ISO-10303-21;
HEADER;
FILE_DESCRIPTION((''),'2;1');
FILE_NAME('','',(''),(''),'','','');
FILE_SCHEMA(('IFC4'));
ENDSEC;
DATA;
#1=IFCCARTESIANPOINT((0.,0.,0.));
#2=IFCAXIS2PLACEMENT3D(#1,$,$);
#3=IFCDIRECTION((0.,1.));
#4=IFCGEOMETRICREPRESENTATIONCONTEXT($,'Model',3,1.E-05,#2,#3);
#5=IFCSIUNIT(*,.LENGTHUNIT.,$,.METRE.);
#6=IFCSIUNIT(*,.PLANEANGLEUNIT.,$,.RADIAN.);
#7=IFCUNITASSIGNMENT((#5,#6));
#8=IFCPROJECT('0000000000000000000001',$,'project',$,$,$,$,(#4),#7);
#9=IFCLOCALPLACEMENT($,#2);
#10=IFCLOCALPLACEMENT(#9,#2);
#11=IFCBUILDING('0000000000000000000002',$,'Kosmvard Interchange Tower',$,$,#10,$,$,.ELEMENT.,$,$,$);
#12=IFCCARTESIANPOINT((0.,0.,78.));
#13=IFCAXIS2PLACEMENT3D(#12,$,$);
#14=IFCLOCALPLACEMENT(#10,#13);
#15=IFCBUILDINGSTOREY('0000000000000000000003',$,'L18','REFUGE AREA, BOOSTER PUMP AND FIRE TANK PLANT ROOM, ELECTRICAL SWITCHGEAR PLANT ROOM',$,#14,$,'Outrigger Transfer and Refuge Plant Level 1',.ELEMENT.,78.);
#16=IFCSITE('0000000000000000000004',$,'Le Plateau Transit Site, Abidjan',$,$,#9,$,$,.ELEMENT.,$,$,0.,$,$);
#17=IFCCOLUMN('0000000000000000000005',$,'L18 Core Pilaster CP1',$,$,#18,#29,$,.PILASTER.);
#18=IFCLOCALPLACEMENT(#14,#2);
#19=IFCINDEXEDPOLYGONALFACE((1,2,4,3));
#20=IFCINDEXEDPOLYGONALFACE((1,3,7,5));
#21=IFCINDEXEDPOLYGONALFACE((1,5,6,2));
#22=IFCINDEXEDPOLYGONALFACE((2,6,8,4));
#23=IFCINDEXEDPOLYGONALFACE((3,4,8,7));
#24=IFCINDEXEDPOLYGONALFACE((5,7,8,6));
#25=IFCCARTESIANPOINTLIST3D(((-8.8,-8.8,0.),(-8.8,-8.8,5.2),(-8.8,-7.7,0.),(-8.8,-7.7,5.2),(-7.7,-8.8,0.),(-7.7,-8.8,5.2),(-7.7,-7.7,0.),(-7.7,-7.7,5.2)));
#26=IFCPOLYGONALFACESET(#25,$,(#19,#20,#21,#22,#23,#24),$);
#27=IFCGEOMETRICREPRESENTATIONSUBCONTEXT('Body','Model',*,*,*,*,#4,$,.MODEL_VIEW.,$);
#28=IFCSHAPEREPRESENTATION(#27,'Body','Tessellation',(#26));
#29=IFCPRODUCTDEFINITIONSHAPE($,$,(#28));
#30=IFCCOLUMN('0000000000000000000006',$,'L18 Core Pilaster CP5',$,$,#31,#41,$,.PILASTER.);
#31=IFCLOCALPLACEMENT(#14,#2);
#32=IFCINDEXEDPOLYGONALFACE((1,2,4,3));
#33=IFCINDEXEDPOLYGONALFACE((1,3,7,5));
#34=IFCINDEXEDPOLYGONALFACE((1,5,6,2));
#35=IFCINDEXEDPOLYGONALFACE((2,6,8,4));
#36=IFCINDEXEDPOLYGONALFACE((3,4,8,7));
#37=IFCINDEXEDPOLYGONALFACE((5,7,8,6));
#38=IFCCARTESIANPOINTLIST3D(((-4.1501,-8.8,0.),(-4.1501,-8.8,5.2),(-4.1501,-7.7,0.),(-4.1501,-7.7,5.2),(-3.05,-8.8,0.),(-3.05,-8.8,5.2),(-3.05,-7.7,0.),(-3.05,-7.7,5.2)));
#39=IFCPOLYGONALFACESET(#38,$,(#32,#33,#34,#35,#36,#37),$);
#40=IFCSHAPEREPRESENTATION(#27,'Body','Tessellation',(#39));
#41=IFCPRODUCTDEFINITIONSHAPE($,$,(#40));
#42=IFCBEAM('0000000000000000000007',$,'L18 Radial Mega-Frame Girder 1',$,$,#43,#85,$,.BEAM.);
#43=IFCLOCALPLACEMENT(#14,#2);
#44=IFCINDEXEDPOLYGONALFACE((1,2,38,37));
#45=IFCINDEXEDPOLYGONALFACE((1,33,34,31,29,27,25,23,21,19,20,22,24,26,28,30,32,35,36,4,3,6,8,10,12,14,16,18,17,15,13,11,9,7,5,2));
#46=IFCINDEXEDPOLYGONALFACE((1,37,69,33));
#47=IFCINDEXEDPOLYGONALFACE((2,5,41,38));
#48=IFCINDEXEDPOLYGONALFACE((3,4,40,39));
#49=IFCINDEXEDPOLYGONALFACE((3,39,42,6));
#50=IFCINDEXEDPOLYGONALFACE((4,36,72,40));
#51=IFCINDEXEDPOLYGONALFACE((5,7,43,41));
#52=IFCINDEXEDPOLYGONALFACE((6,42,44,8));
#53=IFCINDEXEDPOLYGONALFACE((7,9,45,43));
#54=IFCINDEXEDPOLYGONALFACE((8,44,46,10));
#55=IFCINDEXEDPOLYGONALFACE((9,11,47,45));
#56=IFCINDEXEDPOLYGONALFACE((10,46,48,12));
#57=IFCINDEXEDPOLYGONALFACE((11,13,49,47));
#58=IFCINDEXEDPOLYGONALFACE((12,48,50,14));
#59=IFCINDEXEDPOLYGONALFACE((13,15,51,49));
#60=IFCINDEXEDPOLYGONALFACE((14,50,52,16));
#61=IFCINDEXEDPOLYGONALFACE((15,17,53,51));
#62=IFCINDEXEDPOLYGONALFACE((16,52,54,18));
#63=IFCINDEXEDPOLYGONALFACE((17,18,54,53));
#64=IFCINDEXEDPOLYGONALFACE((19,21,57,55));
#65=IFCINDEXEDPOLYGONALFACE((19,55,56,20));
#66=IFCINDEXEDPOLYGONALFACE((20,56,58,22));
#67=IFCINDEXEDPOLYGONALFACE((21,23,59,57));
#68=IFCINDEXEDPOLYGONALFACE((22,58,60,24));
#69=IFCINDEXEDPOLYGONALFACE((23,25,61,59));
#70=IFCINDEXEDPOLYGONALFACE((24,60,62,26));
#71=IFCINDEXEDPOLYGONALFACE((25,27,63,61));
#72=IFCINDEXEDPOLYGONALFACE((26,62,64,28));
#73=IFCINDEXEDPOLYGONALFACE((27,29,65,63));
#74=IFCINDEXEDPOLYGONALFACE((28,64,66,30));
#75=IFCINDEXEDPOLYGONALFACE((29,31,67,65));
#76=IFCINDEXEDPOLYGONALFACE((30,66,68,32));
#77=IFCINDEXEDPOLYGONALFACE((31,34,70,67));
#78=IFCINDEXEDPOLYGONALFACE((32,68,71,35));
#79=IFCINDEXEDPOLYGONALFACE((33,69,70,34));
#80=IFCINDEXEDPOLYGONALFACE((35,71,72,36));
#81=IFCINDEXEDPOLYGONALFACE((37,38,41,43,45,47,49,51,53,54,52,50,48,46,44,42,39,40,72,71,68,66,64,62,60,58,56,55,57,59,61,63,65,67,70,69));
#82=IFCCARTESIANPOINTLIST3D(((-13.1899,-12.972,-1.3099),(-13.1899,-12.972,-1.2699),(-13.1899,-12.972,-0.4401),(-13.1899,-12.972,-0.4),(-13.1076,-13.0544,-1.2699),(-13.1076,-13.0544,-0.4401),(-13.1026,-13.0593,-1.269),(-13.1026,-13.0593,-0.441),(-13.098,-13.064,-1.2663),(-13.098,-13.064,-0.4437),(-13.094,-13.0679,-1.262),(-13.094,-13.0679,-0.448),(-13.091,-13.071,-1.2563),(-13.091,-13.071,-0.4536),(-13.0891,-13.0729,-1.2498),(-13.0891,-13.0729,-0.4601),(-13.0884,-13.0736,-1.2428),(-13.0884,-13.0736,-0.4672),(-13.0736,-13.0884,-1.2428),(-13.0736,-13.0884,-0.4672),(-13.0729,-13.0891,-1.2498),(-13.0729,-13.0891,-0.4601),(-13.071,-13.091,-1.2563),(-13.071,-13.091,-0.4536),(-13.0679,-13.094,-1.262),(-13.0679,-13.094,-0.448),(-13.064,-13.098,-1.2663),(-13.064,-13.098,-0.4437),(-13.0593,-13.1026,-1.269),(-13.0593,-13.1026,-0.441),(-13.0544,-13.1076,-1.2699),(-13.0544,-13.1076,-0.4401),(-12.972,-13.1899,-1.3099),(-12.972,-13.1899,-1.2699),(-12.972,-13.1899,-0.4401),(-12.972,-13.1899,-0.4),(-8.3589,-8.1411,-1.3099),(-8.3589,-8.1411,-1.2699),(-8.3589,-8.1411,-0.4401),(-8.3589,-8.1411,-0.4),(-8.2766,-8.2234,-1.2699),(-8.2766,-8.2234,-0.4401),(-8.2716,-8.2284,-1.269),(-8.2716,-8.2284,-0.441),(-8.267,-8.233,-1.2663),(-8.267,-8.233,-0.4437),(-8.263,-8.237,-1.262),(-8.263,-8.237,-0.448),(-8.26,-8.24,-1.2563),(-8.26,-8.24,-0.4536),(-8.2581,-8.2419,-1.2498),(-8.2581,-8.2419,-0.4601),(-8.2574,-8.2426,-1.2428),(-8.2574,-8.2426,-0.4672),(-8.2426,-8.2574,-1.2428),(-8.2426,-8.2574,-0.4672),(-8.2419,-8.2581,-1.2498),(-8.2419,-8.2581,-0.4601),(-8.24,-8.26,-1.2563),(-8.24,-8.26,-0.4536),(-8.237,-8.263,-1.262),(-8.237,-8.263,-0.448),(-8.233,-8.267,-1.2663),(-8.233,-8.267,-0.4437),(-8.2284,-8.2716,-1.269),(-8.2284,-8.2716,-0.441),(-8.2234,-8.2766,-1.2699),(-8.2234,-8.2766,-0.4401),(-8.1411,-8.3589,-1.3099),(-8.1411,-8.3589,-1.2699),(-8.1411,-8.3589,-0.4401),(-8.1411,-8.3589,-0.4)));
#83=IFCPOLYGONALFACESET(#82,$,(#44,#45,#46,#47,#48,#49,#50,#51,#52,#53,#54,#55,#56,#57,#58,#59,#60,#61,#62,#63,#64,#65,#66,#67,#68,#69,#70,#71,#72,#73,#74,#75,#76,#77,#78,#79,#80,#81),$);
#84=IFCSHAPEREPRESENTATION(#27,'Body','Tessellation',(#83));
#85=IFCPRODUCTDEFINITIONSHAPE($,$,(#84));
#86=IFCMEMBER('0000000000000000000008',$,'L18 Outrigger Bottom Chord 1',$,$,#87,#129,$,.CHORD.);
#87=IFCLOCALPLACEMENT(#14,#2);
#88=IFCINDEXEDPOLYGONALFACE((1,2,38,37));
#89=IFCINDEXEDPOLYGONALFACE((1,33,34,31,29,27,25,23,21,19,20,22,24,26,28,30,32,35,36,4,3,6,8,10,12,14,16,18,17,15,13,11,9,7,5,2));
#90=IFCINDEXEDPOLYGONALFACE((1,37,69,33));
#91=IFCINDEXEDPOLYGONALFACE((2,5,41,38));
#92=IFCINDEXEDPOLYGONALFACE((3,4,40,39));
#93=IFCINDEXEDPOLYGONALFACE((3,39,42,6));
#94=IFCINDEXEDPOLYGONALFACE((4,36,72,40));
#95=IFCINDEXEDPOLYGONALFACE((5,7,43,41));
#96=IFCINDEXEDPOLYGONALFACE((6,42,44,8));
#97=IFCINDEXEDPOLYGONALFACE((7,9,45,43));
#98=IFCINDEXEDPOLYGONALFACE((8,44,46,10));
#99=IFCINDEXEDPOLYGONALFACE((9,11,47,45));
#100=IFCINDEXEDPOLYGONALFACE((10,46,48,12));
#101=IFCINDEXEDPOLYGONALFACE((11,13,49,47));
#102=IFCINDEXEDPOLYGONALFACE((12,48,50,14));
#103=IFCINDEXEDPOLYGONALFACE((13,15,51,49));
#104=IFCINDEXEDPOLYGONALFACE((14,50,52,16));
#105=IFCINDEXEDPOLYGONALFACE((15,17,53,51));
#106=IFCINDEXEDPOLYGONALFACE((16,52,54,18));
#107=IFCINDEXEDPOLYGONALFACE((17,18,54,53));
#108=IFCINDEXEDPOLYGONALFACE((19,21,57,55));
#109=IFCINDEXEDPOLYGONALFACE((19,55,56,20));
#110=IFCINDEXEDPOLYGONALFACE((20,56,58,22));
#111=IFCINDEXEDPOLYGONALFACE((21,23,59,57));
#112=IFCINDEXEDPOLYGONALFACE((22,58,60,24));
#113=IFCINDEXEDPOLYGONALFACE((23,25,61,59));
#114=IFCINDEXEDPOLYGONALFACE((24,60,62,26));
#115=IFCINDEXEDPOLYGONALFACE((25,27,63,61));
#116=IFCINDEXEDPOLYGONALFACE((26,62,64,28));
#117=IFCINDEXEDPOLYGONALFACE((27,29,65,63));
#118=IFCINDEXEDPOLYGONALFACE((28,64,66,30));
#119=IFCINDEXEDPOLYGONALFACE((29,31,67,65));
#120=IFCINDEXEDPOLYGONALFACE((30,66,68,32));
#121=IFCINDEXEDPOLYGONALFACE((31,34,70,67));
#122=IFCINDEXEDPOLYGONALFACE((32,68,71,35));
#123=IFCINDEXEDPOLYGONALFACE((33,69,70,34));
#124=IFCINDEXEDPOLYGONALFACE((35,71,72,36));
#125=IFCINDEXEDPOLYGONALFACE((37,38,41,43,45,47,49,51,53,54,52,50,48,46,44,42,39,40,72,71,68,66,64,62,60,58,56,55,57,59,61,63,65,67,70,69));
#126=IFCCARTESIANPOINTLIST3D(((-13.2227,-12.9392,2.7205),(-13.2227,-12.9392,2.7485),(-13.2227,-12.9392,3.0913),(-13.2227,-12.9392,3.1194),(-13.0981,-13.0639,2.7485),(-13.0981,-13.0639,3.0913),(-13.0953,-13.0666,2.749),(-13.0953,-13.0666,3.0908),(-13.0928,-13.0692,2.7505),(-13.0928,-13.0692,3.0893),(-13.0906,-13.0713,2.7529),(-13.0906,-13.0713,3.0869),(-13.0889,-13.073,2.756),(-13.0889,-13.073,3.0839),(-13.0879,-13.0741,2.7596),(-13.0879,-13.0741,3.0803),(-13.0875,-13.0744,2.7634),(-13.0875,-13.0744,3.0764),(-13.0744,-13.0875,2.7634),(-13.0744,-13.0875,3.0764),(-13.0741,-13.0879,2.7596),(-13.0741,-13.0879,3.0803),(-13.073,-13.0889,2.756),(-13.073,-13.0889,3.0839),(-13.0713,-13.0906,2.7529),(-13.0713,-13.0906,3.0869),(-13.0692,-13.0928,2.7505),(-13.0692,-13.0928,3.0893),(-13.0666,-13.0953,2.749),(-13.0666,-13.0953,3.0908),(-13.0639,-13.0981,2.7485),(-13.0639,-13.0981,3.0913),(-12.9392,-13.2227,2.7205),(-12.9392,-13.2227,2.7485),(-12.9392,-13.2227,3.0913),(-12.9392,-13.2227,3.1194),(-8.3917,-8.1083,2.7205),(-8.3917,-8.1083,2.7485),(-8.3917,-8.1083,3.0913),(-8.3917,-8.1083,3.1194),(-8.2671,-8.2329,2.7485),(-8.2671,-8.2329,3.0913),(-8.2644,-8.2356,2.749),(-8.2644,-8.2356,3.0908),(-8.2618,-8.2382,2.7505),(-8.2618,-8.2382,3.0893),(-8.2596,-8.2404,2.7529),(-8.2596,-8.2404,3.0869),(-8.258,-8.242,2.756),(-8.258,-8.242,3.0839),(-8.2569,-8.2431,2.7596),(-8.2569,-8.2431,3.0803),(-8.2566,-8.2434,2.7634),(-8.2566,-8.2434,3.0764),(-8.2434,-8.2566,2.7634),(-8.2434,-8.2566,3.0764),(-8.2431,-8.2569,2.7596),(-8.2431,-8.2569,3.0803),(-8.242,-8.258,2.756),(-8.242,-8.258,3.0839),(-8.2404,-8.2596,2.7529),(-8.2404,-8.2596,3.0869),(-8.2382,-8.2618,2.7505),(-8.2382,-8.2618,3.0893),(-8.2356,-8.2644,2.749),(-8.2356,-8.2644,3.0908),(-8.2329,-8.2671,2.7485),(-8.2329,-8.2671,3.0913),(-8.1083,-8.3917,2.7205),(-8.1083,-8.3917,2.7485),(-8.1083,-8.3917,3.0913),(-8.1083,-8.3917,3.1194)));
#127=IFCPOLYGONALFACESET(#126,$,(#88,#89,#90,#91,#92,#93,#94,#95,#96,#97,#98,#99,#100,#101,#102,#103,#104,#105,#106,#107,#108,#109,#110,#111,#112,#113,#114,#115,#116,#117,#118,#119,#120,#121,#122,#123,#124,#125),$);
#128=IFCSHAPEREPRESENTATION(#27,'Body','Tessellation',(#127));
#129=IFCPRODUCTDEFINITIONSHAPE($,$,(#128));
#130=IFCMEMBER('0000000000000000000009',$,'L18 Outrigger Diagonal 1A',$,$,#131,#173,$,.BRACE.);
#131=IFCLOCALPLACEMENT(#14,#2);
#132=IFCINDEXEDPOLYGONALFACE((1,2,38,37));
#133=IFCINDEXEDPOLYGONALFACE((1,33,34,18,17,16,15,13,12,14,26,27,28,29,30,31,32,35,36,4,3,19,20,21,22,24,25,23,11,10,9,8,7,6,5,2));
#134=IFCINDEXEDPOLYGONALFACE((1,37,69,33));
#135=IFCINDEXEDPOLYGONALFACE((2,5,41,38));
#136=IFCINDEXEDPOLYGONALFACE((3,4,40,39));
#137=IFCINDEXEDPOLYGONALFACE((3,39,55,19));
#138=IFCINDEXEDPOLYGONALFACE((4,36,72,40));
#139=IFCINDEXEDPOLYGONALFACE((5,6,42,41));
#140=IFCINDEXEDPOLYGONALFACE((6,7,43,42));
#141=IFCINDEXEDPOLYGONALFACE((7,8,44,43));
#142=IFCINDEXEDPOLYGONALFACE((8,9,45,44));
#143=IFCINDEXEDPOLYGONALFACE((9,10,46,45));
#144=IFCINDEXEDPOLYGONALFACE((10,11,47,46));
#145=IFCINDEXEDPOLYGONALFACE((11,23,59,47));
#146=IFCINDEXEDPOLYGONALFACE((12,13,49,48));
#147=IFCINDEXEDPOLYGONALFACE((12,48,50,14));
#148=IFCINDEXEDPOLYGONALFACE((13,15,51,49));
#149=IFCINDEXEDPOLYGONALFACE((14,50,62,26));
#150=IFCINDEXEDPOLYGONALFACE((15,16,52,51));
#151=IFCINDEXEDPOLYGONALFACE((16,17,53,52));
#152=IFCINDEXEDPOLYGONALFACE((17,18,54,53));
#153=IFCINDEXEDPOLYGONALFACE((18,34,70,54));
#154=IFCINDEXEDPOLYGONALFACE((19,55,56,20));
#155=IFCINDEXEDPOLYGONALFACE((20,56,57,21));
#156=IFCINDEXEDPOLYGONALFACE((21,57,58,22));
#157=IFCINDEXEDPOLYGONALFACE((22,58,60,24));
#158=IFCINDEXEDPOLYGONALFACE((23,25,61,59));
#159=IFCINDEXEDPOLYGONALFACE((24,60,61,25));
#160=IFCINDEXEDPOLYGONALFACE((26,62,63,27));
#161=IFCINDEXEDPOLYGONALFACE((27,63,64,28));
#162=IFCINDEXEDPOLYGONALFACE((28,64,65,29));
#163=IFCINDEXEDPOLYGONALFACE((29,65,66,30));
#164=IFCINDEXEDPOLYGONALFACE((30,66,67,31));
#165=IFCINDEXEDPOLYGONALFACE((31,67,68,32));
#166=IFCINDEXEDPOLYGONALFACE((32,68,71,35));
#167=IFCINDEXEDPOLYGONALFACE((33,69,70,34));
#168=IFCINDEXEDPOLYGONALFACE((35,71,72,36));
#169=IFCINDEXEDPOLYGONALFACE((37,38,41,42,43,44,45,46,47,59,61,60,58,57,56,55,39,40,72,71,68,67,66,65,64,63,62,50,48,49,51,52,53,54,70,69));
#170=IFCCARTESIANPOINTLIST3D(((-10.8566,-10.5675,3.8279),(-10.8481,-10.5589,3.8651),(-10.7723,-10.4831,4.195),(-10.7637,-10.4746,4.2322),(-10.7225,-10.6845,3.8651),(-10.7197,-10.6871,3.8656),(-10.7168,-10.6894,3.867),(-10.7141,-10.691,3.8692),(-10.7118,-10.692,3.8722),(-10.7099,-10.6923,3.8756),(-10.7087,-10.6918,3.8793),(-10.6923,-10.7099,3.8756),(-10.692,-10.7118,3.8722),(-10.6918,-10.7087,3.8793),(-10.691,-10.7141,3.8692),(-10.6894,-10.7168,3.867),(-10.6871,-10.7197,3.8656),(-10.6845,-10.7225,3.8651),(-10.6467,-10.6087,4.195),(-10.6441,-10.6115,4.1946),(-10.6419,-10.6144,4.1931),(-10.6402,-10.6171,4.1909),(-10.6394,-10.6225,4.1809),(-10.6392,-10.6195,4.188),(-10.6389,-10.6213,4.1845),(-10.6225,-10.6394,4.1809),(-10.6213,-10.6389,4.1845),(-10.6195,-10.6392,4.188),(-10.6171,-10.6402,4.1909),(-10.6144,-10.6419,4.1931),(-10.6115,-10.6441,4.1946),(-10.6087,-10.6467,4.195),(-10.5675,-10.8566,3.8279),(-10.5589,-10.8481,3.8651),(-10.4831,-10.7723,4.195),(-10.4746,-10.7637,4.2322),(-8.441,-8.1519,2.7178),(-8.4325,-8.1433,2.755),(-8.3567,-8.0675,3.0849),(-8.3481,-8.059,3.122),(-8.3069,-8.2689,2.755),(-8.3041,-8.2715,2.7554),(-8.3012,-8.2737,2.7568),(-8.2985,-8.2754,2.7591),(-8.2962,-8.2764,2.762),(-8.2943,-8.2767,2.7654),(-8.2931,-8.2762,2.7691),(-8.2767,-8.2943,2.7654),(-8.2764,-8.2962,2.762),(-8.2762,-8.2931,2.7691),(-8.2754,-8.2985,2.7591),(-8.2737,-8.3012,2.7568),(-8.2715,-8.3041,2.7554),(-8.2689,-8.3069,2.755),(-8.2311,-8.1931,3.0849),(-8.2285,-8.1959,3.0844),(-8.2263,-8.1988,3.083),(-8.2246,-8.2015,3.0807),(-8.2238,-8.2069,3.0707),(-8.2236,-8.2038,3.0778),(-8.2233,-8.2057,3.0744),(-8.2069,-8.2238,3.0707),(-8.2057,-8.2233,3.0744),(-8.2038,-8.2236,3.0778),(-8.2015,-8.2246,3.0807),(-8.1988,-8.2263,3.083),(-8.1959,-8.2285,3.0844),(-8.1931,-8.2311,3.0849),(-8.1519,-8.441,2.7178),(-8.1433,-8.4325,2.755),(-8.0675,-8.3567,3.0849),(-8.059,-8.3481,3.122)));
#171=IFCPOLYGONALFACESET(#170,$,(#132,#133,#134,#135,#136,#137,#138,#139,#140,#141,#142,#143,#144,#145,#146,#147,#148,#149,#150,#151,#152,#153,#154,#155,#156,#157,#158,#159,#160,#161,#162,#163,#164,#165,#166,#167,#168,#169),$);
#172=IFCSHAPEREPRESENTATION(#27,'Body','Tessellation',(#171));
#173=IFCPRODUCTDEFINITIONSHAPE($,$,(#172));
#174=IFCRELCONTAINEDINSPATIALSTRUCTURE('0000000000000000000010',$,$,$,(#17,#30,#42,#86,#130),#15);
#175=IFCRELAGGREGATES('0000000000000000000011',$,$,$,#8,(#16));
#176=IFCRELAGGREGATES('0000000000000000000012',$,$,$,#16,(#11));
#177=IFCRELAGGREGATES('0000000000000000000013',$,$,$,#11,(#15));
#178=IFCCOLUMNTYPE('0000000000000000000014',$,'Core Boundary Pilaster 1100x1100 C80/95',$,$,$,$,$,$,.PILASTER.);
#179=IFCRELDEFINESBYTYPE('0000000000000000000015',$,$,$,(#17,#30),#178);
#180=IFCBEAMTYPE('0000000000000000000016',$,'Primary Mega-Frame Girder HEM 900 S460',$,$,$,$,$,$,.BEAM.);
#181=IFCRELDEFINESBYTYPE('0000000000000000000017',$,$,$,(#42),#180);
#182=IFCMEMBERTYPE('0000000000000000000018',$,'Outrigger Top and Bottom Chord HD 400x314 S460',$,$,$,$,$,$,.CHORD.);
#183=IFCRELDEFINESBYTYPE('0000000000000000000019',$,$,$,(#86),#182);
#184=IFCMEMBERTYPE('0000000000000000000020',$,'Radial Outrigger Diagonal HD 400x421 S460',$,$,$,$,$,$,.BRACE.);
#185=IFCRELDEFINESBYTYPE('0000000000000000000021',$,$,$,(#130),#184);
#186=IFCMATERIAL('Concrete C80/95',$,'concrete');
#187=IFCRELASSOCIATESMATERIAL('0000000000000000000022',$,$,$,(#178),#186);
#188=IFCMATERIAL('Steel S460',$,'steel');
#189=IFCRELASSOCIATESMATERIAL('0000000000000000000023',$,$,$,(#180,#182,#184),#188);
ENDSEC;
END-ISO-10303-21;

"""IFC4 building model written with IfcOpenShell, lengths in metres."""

from ifc_helpers import new_model, si_unit, direction, frame, origin, origin_2d, place, context, subcontext, project, spatial, rectangle, i_section, extrude, source, transform, mapped, material, material_profile, profile_set, type_object, element, save


model = new_model("IFC4")

# Units and contexts
model_context = context("Model", 3, precision=1e-05, world=origin(), true_north=direction((0.0, 1.0)))
body_context = subcontext(model_context, "Body", "Model", "MODEL_VIEW")
ifc_project = project(units=[si_unit("LENGTHUNIT", "METRE"), si_unit("PLANEANGLEUNIT", "RADIAN")], contexts=[model_context])

# Site, building, storey
site_placement = place(None, origin())
site = spatial("IfcSite", under=ifc_project, at=site_placement, Name="Le Plateau Transit Site, Abidjan", CompositionType="ELEMENT", RefElevation=0.0)
building_placement = place(site_placement, origin())
building = spatial("IfcBuilding", under=site, at=building_placement, Name="Kosmvard Interchange Tower", CompositionType="ELEMENT")
storey_placement = place(building_placement, frame((0.0, 0.0, 78.0)))
storey = spatial("IfcBuildingStorey", under=building, at=storey_placement, Name="L18", Description="REFUGE AREA, BOOSTER PUMP AND FIRE TANK PLANT ROOM, ELECTRICAL SWITCHGEAR PLANT ROOM", LongName="Outrigger Transfer and Refuge Plant Level 1", CompositionType="ELEMENT", Elevation=78.0)

# Columns
ifc_material_1 = material(Name="Concrete C80/95", Category="concrete")
ifc_material_profile_1 = material_profile(ifc_material_1, rectangle(XDim=1.1001, YDim=1.1001, at=origin_2d()), Name="CP 1100x1100")
ifc_profile_set_1 = profile_set([ifc_material_profile_1], Name="Concrete C80/95")
column_type = type_object("IfcColumnType", Name="Core Boundary Pilaster 1100x1100 C80/95", PredefinedType="PILASTER", material=ifc_profile_set_1)
shared_shape_1 = source(origin(), body_context, "Body", "SweptSolid", [
    extrude(rectangle(XDim=1.1001, YDim=1.1001, at=origin_2d()), origin(), (0.0, 0.0, 1.0), 5.2),
])
for number, where, z_axis, x_axis, name in (
    (1, (-8.25, -8.25, 0.0), (0.0, 0.0, 1.0), (1.0, 0.0, 0.0), "L18 Core Pilaster CP1"),
    (2, (-3.6001, -8.25, 0.0), (0.0, 0.0, 1.0), (1.0, 0.0, 0.0), "L18 Core Pilaster CP5"),
):
    element("IfcColumn", number, at=place(storey_placement, frame(where, z_axis=z_axis, x_axis=x_axis)), inside=storey, type_object=column_type, Name=name, PredefinedType="PILASTER", context=body_context, shape_type="MappedRepresentation", body=[
        mapped(shared_shape_1, transform((0.0, 0.0, 0.0), scale=1.0)),
    ])

# Beam
ifc_material_2 = material(Name="Steel S460", Category="steel")
ifc_material_profile_2 = material_profile(ifc_material_2, i_section(OverallWidth=0.3081, OverallDepth=0.9099, WebThickness=0.021, FlangeThickness=0.04, FilletRadius=0.0271, at=origin_2d()), Name="HEM 900")
ifc_profile_set_2 = profile_set([ifc_material_profile_2], Name="Steel S460")
beam_type = type_object("IfcBeamType", Name="Primary Mega-Frame Girder HEM 900 S460", PredefinedType="BEAM", material=ifc_profile_set_2)
shared_shape_2 = source(origin(), body_context, "Body", "SweptSolid", [
    extrude(i_section(OverallWidth=0.3081, OverallDepth=0.9099, WebThickness=0.021, FlangeThickness=0.04, FilletRadius=0.0271, at=origin_2d()), origin(), (0.0, 0.0, 1.0), 6.832),
])
beam_placement = place(storey_placement, frame((-8.25, -8.25, -0.855), z_axis=(-0.707107, -0.707107, 0.0), x_axis=(0.707107, -0.707107, 0.0)))
element("IfcBeam", 3, at=beam_placement, inside=storey, type_object=beam_type, Name="L18 Radial Mega-Frame Girder 1", PredefinedType="BEAM", context=body_context, shape_type="MappedRepresentation", body=[
    mapped(shared_shape_2, transform((0.0, 0.0, 0.0), scale=1.0)),
])

# Members
ifc_material_profile_3 = material_profile(ifc_material_2, i_section(OverallWidth=0.4009, OverallDepth=0.3989, WebThickness=0.0186, FlangeThickness=0.0281, FilletRadius=0.0149, at=origin_2d()), Name="HD 400x314")
ifc_profile_set_3 = profile_set([ifc_material_profile_3], Name="Steel S460")
member_type_1 = type_object("IfcMemberType", Name="Outrigger Top and Bottom Chord HD 400x314 S460", PredefinedType="CHORD", material=ifc_profile_set_3)
shared_shape_3 = source(origin(), body_context, "Body", "SweptSolid", [
    extrude(i_section(OverallWidth=0.4009, OverallDepth=0.3989, WebThickness=0.0186, FlangeThickness=0.0281, FilletRadius=0.0149, at=origin_2d()), origin(), (0.0, 0.0, 1.0), 6.832),
])
member_placement = place(storey_placement, frame((-8.25, -8.25, 2.9199), z_axis=(-0.707107, -0.707107, 0.0), x_axis=(0.707107, -0.707107, 0.0)))
element("IfcMember", 4, at=member_placement, inside=storey, type_object=member_type_1, Name="L18 Outrigger Bottom Chord 1", PredefinedType="CHORD", context=body_context, shape_type="MappedRepresentation", body=[
    mapped(shared_shape_3, transform((0.0, 0.0, 0.0), scale=1.0)),
])
ifc_material_profile_4 = material_profile(ifc_material_2, i_section(OverallWidth=0.4089, OverallDepth=0.425, WebThickness=0.0239, FlangeThickness=0.0391, FilletRadius=0.0149, at=origin_2d()), Name="HD 400x421")
ifc_profile_set_4 = profile_set([ifc_material_profile_4], Name="Steel S460")
member_type_2 = type_object("IfcMemberType", Name="Radial Outrigger Diagonal HD 400x421 S460", PredefinedType="BRACE", material=ifc_profile_set_4)
shared_shape_4 = source(origin(), body_context, "Body", "SweptSolid", [
    extrude(i_section(OverallWidth=0.4089, OverallDepth=0.425, WebThickness=0.0239, FlangeThickness=0.0391, FilletRadius=0.0149, at=origin_2d()), origin(), (0.0, 0.0, 1.0), 3.592),
])
for number, where, z_axis, x_axis, name in (
    (5, (-8.25, -8.25, 2.9199), (-0.672489, -0.672489, 0.309057), (0.707107, -0.707107, 0.0), "L18 Outrigger Diagonal 1A"),
):
    element("IfcMember", number, at=place(storey_placement, frame(where, z_axis=z_axis, x_axis=x_axis)), inside=storey, type_object=member_type_2, Name=name, PredefinedType="BRACE", context=body_context, shape_type="MappedRepresentation", body=[
        mapped(shared_shape_4, transform((0.0, 0.0, 0.0), scale=1.0)),
    ])

save(model, "model.ifc")
